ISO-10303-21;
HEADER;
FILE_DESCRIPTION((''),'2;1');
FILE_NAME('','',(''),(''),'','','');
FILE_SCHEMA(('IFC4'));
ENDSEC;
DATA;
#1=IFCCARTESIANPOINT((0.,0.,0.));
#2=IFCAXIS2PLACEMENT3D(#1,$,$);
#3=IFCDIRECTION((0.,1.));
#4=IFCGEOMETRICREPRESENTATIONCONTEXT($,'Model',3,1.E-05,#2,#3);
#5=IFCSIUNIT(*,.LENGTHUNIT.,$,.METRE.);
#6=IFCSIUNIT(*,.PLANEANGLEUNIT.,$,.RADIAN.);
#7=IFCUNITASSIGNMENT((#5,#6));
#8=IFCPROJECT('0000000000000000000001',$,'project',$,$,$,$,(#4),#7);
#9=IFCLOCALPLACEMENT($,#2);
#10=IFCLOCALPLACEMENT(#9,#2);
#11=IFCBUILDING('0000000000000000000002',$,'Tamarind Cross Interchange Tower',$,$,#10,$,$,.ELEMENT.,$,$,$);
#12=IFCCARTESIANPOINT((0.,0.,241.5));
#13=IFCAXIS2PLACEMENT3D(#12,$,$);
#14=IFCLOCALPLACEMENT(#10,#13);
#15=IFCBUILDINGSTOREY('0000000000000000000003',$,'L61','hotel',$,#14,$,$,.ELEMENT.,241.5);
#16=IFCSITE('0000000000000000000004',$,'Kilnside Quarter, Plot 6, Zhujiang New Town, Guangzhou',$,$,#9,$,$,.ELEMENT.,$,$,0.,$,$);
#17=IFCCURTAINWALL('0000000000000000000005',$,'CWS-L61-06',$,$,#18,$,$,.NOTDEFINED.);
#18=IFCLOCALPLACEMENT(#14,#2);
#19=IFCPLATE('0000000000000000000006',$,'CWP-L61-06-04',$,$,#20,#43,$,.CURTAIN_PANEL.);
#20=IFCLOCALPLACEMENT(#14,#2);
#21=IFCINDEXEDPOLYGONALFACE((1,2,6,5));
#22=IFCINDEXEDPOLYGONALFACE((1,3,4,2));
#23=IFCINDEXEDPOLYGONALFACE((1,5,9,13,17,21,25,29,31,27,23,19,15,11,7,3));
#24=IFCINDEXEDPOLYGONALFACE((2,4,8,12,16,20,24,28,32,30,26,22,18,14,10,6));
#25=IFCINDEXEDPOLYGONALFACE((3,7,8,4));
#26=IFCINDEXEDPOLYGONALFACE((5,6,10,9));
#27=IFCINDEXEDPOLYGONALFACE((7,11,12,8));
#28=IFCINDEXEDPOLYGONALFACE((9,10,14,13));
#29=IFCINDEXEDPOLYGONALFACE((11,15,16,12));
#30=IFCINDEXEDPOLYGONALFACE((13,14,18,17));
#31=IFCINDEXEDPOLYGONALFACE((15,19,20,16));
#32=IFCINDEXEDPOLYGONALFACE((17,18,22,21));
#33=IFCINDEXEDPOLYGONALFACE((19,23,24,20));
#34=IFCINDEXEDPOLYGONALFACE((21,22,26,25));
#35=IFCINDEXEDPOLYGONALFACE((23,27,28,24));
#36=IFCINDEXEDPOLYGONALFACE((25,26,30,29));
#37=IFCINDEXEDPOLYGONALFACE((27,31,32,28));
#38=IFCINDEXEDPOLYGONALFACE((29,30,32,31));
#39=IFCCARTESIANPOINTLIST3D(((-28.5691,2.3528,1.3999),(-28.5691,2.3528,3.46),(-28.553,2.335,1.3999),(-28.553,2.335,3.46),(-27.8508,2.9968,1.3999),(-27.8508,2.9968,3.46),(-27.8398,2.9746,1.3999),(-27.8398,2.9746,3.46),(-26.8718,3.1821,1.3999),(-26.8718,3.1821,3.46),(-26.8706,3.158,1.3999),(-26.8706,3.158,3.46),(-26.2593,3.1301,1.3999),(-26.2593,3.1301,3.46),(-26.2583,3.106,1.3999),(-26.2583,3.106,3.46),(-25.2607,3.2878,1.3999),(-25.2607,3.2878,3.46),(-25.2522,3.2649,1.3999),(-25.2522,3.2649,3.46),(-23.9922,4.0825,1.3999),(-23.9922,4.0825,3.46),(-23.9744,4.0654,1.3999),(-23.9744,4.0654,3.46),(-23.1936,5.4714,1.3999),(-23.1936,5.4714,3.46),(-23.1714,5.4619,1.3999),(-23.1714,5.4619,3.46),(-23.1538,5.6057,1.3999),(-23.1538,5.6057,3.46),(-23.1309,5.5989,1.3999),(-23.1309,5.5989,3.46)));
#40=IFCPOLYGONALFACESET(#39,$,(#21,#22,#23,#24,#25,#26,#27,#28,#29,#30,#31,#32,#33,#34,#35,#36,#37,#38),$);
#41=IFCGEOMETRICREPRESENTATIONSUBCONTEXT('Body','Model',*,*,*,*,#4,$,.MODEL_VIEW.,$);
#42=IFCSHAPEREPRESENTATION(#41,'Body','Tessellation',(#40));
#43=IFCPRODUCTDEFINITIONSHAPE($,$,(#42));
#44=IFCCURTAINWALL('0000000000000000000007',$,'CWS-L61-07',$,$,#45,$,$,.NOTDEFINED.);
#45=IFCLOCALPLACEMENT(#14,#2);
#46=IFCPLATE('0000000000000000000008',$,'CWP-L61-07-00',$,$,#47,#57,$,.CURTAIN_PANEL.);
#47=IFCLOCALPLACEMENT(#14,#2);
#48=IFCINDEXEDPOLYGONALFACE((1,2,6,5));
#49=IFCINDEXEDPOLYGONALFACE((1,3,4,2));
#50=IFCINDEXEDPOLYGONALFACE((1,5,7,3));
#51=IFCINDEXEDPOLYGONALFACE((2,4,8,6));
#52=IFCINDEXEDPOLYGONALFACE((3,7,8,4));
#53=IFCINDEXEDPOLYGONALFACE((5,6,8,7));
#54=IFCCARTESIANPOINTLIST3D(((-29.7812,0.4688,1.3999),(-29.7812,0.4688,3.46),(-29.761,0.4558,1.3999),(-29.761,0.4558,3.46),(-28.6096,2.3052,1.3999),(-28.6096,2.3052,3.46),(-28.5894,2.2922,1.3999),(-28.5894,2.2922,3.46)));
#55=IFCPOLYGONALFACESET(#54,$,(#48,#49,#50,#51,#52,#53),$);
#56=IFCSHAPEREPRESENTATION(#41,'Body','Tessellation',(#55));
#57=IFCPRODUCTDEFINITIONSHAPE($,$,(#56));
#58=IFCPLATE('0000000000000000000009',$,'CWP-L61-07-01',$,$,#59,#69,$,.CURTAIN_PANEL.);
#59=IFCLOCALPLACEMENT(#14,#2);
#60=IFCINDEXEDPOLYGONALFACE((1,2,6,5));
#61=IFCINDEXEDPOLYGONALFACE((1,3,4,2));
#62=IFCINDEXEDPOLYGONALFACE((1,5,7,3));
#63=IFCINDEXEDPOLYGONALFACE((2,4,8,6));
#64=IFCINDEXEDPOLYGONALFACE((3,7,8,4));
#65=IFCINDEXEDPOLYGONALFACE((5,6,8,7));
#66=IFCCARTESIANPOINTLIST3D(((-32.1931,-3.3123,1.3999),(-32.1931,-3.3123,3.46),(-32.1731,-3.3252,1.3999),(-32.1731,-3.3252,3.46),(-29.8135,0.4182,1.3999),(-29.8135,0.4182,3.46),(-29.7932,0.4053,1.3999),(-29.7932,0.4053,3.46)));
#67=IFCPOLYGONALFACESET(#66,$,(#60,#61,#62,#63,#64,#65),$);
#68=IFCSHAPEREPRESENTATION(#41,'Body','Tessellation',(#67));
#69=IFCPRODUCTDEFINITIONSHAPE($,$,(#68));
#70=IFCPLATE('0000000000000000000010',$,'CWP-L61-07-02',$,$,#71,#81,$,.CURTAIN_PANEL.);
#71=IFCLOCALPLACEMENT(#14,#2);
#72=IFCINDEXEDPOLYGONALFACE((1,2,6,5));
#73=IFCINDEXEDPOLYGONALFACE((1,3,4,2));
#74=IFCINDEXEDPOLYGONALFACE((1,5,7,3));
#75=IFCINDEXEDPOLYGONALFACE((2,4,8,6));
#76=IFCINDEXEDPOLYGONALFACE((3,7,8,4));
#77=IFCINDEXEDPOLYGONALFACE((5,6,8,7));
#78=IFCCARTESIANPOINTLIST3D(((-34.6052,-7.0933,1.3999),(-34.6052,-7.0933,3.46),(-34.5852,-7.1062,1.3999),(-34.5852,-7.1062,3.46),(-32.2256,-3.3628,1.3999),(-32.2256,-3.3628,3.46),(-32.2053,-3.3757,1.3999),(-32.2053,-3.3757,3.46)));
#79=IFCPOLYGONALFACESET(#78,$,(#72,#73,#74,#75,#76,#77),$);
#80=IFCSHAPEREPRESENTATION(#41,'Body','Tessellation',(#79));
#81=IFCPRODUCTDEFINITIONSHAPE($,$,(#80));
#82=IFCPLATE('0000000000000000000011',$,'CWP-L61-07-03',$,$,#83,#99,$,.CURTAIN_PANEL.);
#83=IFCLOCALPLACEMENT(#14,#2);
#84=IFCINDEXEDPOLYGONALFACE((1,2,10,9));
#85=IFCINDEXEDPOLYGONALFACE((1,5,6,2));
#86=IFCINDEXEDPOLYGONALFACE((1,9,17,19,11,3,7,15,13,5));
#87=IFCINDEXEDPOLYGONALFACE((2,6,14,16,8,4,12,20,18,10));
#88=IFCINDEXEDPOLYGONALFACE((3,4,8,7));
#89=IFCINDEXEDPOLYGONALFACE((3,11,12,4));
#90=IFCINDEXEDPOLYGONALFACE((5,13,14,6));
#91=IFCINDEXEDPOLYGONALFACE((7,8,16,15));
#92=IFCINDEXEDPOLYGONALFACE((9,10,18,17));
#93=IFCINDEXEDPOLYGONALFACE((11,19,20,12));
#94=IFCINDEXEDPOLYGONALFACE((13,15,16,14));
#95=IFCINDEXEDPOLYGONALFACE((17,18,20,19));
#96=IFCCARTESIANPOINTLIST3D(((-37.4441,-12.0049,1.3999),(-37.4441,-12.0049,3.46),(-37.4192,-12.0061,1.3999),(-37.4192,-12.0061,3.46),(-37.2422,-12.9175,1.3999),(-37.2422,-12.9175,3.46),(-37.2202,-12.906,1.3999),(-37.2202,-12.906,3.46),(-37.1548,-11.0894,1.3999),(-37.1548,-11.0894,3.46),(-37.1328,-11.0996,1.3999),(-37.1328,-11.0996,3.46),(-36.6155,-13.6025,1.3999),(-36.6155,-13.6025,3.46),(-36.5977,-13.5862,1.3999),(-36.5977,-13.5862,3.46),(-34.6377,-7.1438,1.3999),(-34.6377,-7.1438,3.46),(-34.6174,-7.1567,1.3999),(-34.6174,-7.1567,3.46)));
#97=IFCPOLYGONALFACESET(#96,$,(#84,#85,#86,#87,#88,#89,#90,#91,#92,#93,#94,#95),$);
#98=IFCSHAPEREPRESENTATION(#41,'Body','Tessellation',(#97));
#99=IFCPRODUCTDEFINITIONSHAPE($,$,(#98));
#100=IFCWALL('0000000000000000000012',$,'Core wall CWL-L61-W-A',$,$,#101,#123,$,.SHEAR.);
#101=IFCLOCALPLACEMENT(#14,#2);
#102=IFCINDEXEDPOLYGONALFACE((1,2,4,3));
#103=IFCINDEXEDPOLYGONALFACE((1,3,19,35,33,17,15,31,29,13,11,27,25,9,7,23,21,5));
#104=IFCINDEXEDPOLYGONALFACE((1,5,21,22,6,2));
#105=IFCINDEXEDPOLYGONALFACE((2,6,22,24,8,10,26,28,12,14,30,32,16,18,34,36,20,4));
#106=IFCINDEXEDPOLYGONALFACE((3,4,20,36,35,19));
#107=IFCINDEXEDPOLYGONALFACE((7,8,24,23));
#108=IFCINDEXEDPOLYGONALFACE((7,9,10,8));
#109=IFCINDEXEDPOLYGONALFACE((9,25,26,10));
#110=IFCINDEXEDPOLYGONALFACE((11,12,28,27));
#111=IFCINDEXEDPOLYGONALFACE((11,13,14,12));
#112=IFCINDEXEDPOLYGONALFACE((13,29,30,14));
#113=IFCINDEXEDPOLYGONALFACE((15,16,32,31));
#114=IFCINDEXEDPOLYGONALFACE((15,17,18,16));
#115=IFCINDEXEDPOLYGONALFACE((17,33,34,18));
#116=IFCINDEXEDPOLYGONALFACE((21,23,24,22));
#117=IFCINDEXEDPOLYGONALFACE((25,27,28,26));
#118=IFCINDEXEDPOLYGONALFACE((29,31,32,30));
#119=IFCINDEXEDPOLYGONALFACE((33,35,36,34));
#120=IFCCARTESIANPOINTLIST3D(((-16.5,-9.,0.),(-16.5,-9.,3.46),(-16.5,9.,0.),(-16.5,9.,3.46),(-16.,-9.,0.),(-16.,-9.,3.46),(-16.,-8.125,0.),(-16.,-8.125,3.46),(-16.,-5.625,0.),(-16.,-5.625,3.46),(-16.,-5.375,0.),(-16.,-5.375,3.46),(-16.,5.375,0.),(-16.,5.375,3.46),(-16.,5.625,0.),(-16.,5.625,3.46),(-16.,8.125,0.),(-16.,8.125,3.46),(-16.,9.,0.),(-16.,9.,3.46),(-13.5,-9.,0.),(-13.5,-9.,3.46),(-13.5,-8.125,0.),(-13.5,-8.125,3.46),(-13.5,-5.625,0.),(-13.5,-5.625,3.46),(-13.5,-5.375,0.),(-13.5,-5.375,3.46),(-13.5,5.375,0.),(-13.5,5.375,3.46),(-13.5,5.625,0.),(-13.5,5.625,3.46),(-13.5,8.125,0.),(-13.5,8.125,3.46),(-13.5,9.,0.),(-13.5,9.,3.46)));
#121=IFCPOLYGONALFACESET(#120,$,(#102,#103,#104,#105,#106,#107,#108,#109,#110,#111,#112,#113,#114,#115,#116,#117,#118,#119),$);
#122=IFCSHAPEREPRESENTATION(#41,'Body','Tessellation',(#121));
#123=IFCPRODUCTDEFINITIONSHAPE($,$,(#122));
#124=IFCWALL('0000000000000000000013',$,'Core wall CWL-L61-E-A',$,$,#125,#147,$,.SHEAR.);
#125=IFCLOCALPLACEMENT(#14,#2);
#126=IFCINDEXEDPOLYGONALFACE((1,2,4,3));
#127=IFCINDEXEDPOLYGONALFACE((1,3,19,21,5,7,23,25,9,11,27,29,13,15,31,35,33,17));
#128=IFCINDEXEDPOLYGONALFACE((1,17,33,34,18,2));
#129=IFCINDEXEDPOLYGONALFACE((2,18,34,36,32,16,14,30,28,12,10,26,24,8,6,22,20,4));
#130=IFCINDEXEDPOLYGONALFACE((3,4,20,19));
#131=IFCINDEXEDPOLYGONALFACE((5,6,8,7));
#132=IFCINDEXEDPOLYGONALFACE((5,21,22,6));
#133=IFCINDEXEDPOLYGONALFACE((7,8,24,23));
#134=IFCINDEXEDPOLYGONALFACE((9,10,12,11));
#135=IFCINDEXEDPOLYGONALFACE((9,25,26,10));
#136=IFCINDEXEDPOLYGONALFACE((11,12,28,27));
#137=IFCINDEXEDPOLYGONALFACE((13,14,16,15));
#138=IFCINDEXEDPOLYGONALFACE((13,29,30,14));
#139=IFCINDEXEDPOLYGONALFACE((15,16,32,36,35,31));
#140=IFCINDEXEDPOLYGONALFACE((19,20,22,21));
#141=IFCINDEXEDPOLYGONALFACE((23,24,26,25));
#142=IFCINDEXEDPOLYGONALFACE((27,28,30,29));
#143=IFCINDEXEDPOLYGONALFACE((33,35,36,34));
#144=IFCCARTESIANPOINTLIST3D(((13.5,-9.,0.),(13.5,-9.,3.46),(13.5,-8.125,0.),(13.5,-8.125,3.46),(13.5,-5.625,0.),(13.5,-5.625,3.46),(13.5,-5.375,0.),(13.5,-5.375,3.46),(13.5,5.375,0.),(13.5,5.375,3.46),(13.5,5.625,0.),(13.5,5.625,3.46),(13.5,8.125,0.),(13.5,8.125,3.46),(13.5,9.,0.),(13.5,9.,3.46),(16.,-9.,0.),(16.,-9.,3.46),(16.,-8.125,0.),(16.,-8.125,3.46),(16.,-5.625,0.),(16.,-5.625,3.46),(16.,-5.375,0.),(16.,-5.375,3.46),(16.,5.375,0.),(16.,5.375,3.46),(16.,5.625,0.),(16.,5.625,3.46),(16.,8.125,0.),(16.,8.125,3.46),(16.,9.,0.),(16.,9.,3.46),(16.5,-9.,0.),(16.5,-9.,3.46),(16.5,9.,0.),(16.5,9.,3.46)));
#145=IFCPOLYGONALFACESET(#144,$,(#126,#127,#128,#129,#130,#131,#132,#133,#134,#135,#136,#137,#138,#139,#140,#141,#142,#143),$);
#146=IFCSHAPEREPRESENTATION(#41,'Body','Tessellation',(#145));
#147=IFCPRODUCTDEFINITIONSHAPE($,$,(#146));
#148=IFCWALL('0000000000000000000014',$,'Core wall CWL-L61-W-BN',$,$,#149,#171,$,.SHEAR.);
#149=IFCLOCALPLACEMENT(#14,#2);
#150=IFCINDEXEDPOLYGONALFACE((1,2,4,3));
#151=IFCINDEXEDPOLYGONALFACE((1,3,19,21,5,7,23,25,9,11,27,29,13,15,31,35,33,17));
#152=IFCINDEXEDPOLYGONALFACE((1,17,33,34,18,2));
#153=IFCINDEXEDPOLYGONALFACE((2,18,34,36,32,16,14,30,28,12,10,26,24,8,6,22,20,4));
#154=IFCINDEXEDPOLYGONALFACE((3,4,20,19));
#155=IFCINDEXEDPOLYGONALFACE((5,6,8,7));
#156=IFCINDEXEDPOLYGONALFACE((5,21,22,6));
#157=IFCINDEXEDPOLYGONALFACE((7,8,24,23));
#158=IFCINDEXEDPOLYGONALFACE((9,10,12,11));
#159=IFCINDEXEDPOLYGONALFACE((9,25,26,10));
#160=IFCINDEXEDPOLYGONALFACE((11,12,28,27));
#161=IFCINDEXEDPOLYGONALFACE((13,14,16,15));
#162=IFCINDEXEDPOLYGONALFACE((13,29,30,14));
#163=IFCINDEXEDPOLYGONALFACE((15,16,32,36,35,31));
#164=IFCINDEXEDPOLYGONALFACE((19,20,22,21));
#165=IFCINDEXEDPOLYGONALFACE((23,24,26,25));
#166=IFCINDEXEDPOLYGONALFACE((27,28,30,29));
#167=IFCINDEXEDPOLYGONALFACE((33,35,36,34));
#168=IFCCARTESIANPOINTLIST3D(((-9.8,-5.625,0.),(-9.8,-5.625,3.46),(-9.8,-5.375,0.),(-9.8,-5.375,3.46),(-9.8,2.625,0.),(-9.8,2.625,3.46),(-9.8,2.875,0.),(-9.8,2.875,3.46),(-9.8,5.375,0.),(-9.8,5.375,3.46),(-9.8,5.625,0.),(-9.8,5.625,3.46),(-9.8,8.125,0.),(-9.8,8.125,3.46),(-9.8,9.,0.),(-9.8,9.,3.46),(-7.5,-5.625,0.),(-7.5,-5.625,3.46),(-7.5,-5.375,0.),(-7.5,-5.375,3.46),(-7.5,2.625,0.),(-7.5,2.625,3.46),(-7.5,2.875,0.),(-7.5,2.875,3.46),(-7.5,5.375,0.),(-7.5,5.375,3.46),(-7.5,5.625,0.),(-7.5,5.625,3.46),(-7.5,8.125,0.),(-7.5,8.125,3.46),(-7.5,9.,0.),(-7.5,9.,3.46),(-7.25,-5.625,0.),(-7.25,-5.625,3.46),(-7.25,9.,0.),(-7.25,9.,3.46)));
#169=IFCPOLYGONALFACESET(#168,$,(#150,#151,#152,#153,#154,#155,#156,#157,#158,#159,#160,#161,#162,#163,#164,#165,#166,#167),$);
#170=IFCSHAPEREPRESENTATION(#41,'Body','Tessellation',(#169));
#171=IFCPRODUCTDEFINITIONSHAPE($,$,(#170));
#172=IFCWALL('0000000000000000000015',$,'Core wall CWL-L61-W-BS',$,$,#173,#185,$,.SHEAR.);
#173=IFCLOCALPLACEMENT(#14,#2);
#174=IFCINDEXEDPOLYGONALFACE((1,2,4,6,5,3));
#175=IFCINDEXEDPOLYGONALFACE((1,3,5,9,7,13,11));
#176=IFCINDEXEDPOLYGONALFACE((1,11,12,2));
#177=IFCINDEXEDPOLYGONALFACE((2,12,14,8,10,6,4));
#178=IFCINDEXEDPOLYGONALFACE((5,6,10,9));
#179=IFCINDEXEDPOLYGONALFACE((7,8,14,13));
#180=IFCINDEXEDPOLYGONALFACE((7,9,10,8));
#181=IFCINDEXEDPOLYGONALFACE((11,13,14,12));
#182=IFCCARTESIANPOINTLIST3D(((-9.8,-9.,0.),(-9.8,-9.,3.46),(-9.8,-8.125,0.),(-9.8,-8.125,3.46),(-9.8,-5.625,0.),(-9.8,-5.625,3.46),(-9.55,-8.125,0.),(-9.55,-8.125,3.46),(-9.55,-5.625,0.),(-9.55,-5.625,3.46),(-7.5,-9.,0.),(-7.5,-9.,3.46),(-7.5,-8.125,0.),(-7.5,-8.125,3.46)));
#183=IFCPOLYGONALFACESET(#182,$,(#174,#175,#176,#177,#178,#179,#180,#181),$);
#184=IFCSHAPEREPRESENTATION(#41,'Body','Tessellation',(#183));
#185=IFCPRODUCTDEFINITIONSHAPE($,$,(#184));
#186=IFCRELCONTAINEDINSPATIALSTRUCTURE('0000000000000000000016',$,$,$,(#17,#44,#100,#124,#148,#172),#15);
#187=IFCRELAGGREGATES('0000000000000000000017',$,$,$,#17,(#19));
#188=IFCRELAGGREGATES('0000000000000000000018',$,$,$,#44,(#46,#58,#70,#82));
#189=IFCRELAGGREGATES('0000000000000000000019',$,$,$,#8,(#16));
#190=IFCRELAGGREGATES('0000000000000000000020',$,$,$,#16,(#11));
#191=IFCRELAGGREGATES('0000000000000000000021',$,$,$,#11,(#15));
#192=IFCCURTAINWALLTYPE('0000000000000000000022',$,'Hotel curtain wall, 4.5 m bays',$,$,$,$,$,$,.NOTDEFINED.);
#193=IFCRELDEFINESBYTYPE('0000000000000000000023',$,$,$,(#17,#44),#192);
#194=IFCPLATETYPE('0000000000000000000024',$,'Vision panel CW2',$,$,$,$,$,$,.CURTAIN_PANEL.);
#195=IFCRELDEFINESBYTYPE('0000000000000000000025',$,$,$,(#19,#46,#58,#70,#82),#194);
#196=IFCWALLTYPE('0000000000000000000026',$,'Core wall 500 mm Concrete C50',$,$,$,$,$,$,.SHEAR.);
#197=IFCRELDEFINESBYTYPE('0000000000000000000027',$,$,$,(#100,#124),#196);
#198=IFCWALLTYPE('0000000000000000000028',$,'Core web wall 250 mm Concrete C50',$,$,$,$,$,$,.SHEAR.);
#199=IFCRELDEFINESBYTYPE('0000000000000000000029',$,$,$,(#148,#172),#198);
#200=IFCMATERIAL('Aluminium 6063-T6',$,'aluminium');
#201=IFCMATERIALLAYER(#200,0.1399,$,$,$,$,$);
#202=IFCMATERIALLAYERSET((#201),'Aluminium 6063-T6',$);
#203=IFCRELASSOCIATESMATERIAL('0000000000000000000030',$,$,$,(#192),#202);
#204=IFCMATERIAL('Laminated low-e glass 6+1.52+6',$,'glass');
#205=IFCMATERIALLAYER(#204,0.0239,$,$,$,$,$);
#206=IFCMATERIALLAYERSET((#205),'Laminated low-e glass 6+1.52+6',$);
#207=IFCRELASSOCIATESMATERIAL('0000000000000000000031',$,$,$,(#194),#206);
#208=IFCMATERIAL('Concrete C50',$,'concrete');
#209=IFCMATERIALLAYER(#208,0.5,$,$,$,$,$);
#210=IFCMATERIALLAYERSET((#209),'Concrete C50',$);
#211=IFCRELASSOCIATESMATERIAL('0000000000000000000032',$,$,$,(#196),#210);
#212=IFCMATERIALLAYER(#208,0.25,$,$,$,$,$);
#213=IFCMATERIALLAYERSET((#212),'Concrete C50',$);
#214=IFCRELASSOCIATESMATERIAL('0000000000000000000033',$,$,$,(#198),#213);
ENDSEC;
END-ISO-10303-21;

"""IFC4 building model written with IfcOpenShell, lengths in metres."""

from ifc_helpers import new_model, si_unit, direction, frame, origin, place, context, subcontext, project, spatial, polyline, outline, extrude, material, layer, layer_set, type_object, element, aggregate, save


model = new_model("IFC4")

# Units and contexts
model_context = context("Model", 3, precision=1e-05, world=origin(), true_north=direction((0.0, 1.0)))
body_context = subcontext(model_context, "Body", "Model", "MODEL_VIEW")
ifc_project = project(units=[si_unit("LENGTHUNIT", "METRE"), si_unit("PLANEANGLEUNIT", "RADIAN")], contexts=[model_context])

# Site, building, storey
site_placement = place(None, origin())
site = spatial("IfcSite", under=ifc_project, at=site_placement, Name="Kilnside Quarter, Plot 6, Zhujiang New Town, Guangzhou", CompositionType="ELEMENT", RefElevation=0.0)
building_placement = place(site_placement, origin())
building = spatial("IfcBuilding", under=site, at=building_placement, Name="Tamarind Cross Interchange Tower", CompositionType="ELEMENT")
storey_placement = place(building_placement, frame((0.0, 0.0, 241.5)))
storey = spatial("IfcBuildingStorey", under=building, at=storey_placement, Name="L61", Description="hotel", CompositionType="ELEMENT", Elevation=241.5)

# Shared definitions
ifc_material_1 = material(Name="Aluminium 6063-T6", Category="aluminium")
ifc_layer_1 = layer(ifc_material_1, 0.1399)
ifc_layer_set_1 = layer_set([ifc_layer_1], Name="Aluminium 6063-T6")
curtain_wall_type = type_object("IfcCurtainWallType", Name="Hotel curtain wall, 4.5 m bays", PredefinedType="NOTDEFINED", material=ifc_layer_set_1)
ifc_material_2 = material(Name="Laminated low-e glass 6+1.52+6", Category="glass")
ifc_layer_2 = layer(ifc_material_2, 0.0239)
ifc_layer_set_2 = layer_set([ifc_layer_2], Name="Laminated low-e glass 6+1.52+6")
plate_type = type_object("IfcPlateType", Name="Vision panel CW2", PredefinedType="CURTAIN_PANEL", material=ifc_layer_set_2)

# Curtain walls, plates
curtain_wall_1_placement = place(storey_placement, origin())
curtain_wall_1 = element("IfcCurtainWall", 1, at=curtain_wall_1_placement, inside=storey, type_object=curtain_wall_type, Name="CWS-L61-06", PredefinedType="NOTDEFINED")
plate_1_placement = place(storey_placement, frame((0.0, 0.0, 1.3999)))
plate_1 = element("IfcPlate", 2, at=plate_1_placement, type_object=plate_type, Name="CWP-L61-06-04", PredefinedType="CURTAIN_PANEL", context=body_context, shape_type="SweptSolid", body=[
    extrude(outline(polyline([(-23.1309, 5.5989), (-23.1714, 5.4619), (-23.9744, 4.0654), (-25.2522, 3.2649), (-26.2583, 3.106), (-26.8706, 3.158), (-27.8398, 2.9746), (-28.553, 2.335), (-28.5691, 2.3528), (-27.8508, 2.9968), (-26.8718, 3.1821), (-26.2593, 3.1301), (-25.2607, 3.2878), (-23.9922, 4.0825), (-23.1936, 5.4714), (-23.1538, 5.6057), (-23.1309, 5.5989)])), origin(), (0.0, 0.0, 1.0), 2.0601),
])
aggregate(curtain_wall_1, [plate_1])
curtain_wall_2_placement = place(storey_placement, origin())
curtain_wall_2 = element("IfcCurtainWall", 3, at=curtain_wall_2_placement, inside=storey, type_object=curtain_wall_type, Name="CWS-L61-07", PredefinedType="NOTDEFINED")
plate_2_placement = place(storey_placement, frame((0.0, 0.0, 1.3999)))
plate_2 = element("IfcPlate", 4, at=plate_2_placement, type_object=plate_type, Name="CWP-L61-07-00", PredefinedType="CURTAIN_PANEL", context=body_context, shape_type="SweptSolid", body=[
    extrude(outline(polyline([(-28.5894, 2.2922), (-29.761, 0.4558), (-29.7812, 0.4688), (-28.6096, 2.3052), (-28.5894, 2.2922)])), origin(), (0.0, 0.0, 1.0), 2.0601),
])
plate_3_placement = place(storey_placement, frame((0.0, 0.0, 1.3999)))
plate_3 = element("IfcPlate", 5, at=plate_3_placement, type_object=plate_type, Name="CWP-L61-07-01", PredefinedType="CURTAIN_PANEL", context=body_context, shape_type="SweptSolid", body=[
    extrude(outline(polyline([(-29.7932, 0.4053), (-32.1731, -3.3252), (-32.1931, -3.3123), (-29.8135, 0.4182), (-29.7932, 0.4053)])), origin(), (0.0, 0.0, 1.0), 2.0601),
])
plate_4_placement = place(storey_placement, frame((0.0, 0.0, 1.3999)))
plate_4 = element("IfcPlate", 6, at=plate_4_placement, type_object=plate_type, Name="CWP-L61-07-02", PredefinedType="CURTAIN_PANEL", context=body_context, shape_type="SweptSolid", body=[
    extrude(outline(polyline([(-32.2053, -3.3757), (-34.5852, -7.1062), (-34.6052, -7.0933), (-32.2256, -3.3628), (-32.2053, -3.3757)])), origin(), (0.0, 0.0, 1.0), 2.0601),
])
plate_5_placement = place(storey_placement, frame((0.0, 0.0, 1.3999)))
plate_5 = element("IfcPlate", 7, at=plate_5_placement, type_object=plate_type, Name="CWP-L61-07-03", PredefinedType="CURTAIN_PANEL", context=body_context, shape_type="SweptSolid", body=[
    extrude(outline(polyline([(-34.6174, -7.1567), (-37.1328, -11.0996), (-37.4192, -12.0061), (-37.2202, -12.906), (-36.5977, -13.5862), (-36.6155, -13.6025), (-37.2422, -12.9175), (-37.4441, -12.0049), (-37.1548, -11.0894), (-34.6377, -7.1438), (-34.6174, -7.1567)])), origin(), (0.0, 0.0, 1.0), 2.0601),
])
aggregate(curtain_wall_2, [plate_2, plate_3, plate_4, plate_5])

# Walls
ifc_material_3 = material(Name="Concrete C50", Category="concrete")
ifc_layer_3 = layer(ifc_material_3, 0.5)
ifc_layer_set_3 = layer_set([ifc_layer_3], Name="Concrete C50")
wall_type_1 = type_object("IfcWallType", Name="Core wall 500 mm Concrete C50", PredefinedType="SHEAR", material=ifc_layer_set_3)
wall_1_placement = place(storey_placement, origin())
element("IfcWall", 8, at=wall_1_placement, inside=storey, type_object=wall_type_1, Name="Core wall CWL-L61-W-A", PredefinedType="SHEAR", context=body_context, shape_type="SweptSolid", body=[
    extrude(outline(polyline([(-13.5, -8.125), (-16.0, -8.125), (-16.0, -5.625), (-13.5, -5.625), (-13.5, -5.375), (-16.0, -5.375), (-16.0, 5.375), (-13.5, 5.375), (-13.5, 5.625), (-16.0, 5.625), (-16.0, 8.125), (-13.5, 8.125), (-13.5, 9.0), (-16.0, 9.0), (-16.5, 9.0), (-16.5, -9.0), (-16.0, -9.0), (-13.5, -9.0), (-13.5, -8.125)])), origin(), (0.0, 0.0, 1.0), 3.46),
])
wall_2_placement = place(storey_placement, origin())
element("IfcWall", 9, at=wall_2_placement, inside=storey, type_object=wall_type_1, Name="Core wall CWL-L61-E-A", PredefinedType="SHEAR", context=body_context, shape_type="SweptSolid", body=[
    extrude(outline(polyline([(13.5, -8.125), (13.5, -9.0), (16.0, -9.0), (16.5, -9.0), (16.5, 9.0), (16.0, 9.0), (13.5, 9.0), (13.5, 8.125), (16.0, 8.125), (16.0, 5.625), (13.5, 5.625), (13.5, 5.375), (16.0, 5.375), (16.0, -5.375), (13.5, -5.375), (13.5, -5.625), (16.0, -5.625), (16.0, -8.125), (13.5, -8.125)])), origin(), (0.0, 0.0, 1.0), 3.46),
])
ifc_layer_4 = layer(ifc_material_3, 0.25)
ifc_layer_set_4 = layer_set([ifc_layer_4], Name="Concrete C50")
wall_type_2 = type_object("IfcWallType", Name="Core web wall 250 mm Concrete C50", PredefinedType="SHEAR", material=ifc_layer_set_4)
wall_3_placement = place(storey_placement, origin())
element("IfcWall", 10, at=wall_3_placement, inside=storey, type_object=wall_type_2, Name="Core wall CWL-L61-W-BN", PredefinedType="SHEAR", context=body_context, shape_type="SweptSolid", body=[
    extrude(outline(polyline([(-9.8, -5.375), (-9.8, -5.625), (-7.5, -5.625), (-7.25, -5.625), (-7.25, 9.0), (-7.5, 9.0), (-9.8, 9.0), (-9.8, 8.125), (-7.5, 8.125), (-7.5, 5.625), (-9.8, 5.625), (-9.8, 5.375), (-7.5, 5.375), (-7.5, 2.875), (-9.8, 2.875), (-9.8, 2.625), (-7.5, 2.625), (-7.5, -5.375), (-9.8, -5.375)])), origin(), (0.0, 0.0, 1.0), 3.46),
])
wall_4_placement = place(storey_placement, origin())
element("IfcWall", 11, at=wall_4_placement, inside=storey, type_object=wall_type_2, Name="Core wall CWL-L61-W-BS", PredefinedType="SHEAR", context=body_context, shape_type="SweptSolid", body=[
    extrude(outline(polyline([(-7.5, -8.125), (-9.55, -8.125), (-9.55, -5.625), (-9.8, -5.625), (-9.8, -8.125), (-9.8, -9.0), (-7.5, -9.0), (-7.5, -8.125)])), origin(), (0.0, 0.0, 1.0), 3.46),
])

save(model, "model.ifc")
